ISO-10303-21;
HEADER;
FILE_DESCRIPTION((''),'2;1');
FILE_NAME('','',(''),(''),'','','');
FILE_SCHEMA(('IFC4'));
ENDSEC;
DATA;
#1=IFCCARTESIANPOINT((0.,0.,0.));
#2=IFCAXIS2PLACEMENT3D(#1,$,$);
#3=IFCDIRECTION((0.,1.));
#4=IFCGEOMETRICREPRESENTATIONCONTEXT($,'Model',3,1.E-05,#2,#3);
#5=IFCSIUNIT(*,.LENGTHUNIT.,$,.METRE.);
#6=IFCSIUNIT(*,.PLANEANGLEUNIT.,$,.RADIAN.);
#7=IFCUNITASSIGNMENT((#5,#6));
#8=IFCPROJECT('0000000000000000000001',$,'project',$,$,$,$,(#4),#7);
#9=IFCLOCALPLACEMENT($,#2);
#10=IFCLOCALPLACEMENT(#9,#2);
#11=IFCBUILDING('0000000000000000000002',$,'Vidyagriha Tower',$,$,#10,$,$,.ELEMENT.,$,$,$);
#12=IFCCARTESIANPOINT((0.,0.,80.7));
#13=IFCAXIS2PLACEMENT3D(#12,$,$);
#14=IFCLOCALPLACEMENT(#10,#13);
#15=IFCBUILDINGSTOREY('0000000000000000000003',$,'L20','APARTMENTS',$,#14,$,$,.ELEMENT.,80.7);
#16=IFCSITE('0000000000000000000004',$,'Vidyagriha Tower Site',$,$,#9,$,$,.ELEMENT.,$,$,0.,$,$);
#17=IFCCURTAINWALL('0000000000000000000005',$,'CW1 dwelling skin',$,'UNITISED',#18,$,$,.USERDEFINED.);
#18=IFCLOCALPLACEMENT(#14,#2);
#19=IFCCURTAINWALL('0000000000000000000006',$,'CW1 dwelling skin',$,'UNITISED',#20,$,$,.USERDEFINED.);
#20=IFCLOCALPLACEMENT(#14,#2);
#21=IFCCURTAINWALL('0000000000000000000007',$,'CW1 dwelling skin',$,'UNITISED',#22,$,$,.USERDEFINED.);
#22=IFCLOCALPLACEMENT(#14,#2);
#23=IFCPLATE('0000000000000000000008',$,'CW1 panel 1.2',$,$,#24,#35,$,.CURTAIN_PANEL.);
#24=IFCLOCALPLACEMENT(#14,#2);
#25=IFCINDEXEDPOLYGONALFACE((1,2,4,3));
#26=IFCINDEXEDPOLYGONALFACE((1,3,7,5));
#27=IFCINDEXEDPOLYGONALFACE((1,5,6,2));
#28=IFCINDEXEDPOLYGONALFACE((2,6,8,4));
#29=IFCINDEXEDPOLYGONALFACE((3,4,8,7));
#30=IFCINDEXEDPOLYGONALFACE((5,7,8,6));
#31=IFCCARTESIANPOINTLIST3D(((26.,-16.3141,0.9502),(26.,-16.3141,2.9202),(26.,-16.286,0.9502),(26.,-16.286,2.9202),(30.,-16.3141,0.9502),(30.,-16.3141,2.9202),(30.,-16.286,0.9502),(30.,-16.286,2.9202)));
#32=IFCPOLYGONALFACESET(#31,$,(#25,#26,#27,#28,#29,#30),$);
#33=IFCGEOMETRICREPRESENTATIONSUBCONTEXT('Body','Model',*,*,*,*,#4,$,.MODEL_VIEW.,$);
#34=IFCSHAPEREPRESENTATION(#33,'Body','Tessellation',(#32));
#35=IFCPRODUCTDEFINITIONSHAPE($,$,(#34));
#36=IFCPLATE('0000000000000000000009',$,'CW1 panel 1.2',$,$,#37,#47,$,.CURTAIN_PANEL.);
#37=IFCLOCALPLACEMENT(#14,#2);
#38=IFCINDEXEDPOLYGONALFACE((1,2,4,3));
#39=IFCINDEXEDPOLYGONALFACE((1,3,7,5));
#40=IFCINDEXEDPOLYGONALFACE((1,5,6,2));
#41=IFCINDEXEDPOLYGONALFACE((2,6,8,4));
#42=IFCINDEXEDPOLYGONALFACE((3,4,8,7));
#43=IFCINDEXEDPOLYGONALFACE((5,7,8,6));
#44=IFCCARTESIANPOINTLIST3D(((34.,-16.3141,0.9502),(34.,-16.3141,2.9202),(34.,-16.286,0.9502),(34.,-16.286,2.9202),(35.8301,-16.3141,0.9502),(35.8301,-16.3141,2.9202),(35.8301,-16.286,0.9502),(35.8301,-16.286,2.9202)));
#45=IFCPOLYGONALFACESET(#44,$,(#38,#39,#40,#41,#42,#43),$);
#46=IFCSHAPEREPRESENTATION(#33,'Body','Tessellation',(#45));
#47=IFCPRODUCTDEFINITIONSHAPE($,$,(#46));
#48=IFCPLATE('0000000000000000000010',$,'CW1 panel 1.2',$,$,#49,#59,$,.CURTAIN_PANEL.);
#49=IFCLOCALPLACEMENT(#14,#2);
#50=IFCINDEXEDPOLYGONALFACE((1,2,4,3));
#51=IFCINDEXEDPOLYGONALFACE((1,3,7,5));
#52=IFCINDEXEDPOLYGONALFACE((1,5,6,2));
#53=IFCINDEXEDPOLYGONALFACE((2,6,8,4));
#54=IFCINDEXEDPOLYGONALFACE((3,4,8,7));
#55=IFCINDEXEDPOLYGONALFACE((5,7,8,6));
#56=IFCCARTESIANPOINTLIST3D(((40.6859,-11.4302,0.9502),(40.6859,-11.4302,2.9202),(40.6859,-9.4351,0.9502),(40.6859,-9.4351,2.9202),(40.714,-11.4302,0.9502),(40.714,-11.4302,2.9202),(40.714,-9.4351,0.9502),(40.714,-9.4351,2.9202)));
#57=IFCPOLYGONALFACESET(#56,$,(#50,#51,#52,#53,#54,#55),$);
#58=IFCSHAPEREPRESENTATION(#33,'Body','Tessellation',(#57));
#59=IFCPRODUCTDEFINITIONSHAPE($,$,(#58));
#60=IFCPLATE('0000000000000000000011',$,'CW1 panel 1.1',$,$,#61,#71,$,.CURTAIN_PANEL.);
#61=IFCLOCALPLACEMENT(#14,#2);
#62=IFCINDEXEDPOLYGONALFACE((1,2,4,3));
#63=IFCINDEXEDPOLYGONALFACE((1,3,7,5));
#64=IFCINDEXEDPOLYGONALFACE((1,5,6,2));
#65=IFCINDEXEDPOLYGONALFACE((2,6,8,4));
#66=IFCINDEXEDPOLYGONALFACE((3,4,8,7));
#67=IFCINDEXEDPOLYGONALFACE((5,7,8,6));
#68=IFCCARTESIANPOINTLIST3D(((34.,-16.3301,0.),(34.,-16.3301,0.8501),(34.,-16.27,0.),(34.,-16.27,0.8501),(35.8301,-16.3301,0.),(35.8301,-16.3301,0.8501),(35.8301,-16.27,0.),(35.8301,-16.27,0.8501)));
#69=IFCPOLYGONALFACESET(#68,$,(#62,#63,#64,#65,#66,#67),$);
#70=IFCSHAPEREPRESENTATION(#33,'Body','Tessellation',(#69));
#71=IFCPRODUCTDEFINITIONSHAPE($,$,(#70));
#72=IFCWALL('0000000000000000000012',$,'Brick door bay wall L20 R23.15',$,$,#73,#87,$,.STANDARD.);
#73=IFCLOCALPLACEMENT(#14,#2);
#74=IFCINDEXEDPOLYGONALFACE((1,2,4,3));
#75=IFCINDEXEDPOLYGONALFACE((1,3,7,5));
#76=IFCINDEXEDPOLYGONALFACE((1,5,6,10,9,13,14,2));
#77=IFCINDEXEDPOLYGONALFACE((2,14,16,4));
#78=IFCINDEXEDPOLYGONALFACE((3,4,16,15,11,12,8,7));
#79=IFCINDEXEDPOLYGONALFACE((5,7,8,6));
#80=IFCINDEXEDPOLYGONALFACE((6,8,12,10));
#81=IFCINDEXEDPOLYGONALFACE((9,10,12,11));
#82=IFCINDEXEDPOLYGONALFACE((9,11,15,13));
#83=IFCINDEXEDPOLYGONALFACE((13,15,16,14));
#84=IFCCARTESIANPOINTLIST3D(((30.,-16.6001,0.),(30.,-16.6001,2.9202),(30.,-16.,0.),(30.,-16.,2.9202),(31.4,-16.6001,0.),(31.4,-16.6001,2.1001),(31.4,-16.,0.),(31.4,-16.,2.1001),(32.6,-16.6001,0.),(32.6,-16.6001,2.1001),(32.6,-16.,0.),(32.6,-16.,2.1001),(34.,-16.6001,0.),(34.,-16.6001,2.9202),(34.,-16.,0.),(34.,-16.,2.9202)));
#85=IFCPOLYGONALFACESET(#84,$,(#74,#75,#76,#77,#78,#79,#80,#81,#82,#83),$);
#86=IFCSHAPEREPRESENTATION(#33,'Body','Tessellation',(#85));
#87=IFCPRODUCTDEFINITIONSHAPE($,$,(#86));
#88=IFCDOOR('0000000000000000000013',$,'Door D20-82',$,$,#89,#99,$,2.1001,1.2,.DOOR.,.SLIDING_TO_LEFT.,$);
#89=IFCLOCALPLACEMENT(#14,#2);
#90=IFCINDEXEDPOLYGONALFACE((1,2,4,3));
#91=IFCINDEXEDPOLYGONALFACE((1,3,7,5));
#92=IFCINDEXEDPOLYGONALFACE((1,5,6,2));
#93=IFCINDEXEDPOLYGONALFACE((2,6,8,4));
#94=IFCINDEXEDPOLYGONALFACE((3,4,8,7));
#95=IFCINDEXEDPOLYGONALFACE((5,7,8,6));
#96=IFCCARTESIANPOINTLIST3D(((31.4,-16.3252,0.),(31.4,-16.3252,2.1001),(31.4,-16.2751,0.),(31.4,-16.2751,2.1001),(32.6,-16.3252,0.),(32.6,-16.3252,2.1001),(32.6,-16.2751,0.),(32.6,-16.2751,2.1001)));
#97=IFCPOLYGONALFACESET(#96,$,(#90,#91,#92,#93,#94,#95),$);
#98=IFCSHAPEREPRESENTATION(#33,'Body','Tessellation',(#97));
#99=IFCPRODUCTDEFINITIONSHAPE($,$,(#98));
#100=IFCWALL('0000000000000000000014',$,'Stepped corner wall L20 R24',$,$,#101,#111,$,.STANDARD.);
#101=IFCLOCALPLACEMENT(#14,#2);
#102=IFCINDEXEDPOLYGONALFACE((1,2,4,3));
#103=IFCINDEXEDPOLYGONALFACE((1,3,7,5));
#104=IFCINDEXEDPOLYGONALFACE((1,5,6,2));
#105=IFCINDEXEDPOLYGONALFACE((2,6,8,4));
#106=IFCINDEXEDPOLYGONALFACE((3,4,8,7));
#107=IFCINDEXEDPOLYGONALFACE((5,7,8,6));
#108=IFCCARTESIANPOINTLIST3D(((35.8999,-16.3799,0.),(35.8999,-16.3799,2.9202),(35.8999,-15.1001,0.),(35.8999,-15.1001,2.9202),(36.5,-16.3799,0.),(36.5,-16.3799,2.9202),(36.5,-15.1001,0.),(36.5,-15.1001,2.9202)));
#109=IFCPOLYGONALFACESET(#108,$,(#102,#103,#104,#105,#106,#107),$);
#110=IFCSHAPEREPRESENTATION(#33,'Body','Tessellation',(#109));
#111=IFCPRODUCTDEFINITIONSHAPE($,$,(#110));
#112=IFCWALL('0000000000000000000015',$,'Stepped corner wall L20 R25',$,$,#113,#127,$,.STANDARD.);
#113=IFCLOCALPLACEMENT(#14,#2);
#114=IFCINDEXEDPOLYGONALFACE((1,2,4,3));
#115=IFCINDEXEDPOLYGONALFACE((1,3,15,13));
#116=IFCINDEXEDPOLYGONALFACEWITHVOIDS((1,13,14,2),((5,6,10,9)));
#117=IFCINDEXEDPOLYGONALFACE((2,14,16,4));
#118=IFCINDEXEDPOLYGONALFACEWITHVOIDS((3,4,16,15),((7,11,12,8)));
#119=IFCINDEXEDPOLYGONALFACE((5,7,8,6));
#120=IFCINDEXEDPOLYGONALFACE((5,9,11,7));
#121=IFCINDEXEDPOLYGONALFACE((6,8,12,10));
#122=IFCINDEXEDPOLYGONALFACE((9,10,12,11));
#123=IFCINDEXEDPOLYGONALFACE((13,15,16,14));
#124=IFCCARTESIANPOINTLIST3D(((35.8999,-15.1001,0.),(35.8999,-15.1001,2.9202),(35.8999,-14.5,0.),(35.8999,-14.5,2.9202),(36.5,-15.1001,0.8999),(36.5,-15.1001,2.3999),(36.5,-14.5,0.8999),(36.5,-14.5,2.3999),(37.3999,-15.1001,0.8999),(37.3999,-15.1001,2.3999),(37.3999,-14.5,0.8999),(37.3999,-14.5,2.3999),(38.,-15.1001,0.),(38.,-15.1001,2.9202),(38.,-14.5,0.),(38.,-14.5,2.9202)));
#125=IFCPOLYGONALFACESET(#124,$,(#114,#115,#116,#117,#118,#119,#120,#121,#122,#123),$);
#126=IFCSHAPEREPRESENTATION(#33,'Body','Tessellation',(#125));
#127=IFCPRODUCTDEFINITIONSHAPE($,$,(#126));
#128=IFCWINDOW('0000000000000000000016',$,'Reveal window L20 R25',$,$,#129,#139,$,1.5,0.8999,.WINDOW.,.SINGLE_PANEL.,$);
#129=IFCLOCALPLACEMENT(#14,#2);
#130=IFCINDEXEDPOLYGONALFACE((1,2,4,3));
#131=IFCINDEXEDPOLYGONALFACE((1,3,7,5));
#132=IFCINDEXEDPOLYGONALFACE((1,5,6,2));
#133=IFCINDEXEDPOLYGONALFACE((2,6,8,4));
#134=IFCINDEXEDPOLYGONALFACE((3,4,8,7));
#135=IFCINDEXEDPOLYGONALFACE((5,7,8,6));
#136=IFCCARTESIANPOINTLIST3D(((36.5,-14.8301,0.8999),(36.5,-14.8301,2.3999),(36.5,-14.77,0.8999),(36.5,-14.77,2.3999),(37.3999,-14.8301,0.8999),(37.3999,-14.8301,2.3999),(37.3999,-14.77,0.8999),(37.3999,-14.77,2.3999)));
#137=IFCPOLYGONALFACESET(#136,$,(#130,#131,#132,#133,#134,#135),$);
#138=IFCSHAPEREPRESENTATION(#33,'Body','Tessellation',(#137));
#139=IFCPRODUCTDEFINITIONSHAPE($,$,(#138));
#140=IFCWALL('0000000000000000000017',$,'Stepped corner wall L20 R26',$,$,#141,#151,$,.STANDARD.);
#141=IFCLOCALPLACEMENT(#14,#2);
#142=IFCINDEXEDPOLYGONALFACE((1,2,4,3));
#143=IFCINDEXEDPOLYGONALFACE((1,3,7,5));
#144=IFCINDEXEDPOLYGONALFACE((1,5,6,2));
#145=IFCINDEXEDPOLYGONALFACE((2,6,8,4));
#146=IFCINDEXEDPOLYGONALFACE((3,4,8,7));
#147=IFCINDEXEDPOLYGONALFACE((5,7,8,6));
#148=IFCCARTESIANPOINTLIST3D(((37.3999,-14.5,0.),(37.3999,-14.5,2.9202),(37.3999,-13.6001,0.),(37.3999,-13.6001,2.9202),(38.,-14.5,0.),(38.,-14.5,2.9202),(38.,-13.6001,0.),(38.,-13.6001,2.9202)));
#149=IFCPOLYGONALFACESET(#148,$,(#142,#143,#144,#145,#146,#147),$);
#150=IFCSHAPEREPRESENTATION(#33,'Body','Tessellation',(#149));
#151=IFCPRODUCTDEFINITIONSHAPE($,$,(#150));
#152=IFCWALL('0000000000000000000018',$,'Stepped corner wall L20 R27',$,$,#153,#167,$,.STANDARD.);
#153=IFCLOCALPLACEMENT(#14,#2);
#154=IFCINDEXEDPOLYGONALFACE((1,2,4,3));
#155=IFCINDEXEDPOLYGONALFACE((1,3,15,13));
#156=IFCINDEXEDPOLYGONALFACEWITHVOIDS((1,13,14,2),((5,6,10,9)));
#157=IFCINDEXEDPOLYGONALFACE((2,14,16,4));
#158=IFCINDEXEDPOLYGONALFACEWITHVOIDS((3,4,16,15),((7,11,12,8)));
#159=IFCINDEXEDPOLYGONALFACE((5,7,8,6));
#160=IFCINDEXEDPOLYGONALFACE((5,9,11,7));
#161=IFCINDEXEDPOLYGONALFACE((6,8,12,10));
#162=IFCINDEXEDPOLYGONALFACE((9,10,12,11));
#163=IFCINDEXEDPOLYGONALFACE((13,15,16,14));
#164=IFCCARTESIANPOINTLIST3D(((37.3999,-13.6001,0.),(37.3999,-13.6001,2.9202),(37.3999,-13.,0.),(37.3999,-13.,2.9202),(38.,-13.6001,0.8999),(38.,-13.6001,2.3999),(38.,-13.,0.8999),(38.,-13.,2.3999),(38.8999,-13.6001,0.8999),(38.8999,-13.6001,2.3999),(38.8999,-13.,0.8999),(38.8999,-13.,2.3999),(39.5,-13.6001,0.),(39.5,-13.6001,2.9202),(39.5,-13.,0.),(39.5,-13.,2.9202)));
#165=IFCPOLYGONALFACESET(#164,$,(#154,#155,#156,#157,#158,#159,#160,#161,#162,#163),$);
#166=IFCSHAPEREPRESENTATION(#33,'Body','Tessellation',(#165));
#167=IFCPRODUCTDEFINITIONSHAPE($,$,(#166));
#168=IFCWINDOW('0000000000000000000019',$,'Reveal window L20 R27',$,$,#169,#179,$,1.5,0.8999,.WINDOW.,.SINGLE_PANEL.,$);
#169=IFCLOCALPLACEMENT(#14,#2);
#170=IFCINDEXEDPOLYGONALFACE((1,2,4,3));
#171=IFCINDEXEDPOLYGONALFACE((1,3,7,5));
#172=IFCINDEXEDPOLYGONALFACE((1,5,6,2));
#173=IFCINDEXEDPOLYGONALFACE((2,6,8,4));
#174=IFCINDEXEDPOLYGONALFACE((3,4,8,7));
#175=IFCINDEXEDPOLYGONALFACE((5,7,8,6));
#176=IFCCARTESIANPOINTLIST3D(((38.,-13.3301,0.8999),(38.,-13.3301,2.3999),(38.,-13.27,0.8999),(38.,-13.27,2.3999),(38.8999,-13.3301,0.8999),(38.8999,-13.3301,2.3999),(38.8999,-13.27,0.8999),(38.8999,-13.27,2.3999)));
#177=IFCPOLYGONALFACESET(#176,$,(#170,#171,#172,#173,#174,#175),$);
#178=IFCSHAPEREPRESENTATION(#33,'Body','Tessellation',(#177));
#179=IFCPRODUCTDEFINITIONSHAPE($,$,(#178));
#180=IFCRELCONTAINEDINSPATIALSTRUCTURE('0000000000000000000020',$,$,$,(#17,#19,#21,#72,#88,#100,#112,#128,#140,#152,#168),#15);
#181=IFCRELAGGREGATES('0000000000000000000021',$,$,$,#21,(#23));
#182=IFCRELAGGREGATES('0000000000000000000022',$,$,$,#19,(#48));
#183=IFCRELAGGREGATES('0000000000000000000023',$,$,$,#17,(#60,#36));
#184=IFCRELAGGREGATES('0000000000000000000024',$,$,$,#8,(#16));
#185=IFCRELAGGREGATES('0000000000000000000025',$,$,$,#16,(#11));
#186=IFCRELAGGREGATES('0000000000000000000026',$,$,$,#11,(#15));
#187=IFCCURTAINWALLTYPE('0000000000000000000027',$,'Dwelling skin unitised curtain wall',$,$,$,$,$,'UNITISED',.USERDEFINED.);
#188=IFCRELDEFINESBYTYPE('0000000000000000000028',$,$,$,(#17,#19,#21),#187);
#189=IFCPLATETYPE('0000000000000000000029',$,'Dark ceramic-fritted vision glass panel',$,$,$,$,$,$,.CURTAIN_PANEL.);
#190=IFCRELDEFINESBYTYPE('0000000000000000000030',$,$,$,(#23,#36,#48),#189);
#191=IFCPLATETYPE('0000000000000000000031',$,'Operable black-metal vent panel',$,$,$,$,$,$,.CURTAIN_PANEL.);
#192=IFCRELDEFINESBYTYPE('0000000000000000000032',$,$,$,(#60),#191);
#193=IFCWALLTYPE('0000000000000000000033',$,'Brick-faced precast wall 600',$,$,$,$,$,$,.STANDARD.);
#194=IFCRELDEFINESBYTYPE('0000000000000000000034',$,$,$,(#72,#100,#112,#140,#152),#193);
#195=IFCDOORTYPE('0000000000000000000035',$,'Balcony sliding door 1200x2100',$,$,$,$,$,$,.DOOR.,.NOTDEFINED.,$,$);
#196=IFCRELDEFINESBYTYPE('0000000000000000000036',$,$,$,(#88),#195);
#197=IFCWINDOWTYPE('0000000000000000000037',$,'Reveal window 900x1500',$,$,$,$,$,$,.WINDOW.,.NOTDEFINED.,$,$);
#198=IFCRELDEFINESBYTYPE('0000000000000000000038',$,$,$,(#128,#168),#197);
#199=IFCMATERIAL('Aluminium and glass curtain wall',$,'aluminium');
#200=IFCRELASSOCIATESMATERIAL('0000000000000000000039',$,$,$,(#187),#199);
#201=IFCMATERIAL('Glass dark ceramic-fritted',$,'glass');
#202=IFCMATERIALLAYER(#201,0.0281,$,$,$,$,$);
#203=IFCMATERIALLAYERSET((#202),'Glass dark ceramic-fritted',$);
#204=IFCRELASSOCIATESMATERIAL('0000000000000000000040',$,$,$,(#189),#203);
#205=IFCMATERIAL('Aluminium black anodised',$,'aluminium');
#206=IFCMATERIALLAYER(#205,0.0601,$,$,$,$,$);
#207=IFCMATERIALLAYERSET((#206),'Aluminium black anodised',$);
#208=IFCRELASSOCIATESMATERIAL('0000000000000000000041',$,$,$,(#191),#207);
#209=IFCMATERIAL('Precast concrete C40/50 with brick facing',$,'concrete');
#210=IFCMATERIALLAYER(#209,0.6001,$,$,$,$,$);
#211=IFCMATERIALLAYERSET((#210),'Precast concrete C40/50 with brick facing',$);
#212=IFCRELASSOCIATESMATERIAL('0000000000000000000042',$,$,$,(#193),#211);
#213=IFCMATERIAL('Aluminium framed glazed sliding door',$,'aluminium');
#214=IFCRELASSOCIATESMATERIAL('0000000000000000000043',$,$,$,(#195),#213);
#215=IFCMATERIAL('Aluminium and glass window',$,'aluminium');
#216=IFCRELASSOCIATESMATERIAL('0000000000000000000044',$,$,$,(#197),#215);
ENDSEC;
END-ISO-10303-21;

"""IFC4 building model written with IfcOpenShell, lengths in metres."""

from ifc_helpers import new_model, si_unit, direction, frame, frame_2d, origin, origin_2d, place, context, subcontext, project, spatial, rectangle, extrude, material, layer, layer_set, type_object, element, fill, aggregate, save


model = new_model("IFC4")

# Units and contexts
model_context = context("Model", 3, precision=1e-05, world=origin(), true_north=direction((0.0, 1.0)))
body_context = subcontext(model_context, "Body", "Model", "MODEL_VIEW")
ifc_project = project(units=[si_unit("LENGTHUNIT", "METRE"), si_unit("PLANEANGLEUNIT", "RADIAN")], contexts=[model_context])

# Site, building, storey
site_placement = place(None, origin())
site = spatial("IfcSite", under=ifc_project, at=site_placement, Name="Vidyagriha Tower Site", CompositionType="ELEMENT", RefElevation=0.0)
building_placement = place(site_placement, origin())
building = spatial("IfcBuilding", under=site, at=building_placement, Name="Vidyagriha Tower", CompositionType="ELEMENT")
storey_placement = place(building_placement, frame((0.0, 0.0, 80.7)))
storey = spatial("IfcBuildingStorey", under=building, at=storey_placement, Name="L20", Description="APARTMENTS", CompositionType="ELEMENT", Elevation=80.7)

# Curtain walls
ifc_material_1 = material(Name="Aluminium and glass curtain wall", Category="aluminium")
curtain_wall_type = type_object("IfcCurtainWallType", Name="Dwelling skin unitised curtain wall", ElementType="UNITISED", PredefinedType="USERDEFINED", material=ifc_material_1)
curtain_wall_1_placement = place(storey_placement, origin())
curtain_wall_1 = element("IfcCurtainWall", 1, at=curtain_wall_1_placement, inside=storey, type_object=curtain_wall_type, Name="CW1 dwelling skin", ObjectType="UNITISED", PredefinedType="USERDEFINED")
curtain_wall_2_placement = place(storey_placement, origin())
curtain_wall_2 = element("IfcCurtainWall", 2, at=curtain_wall_2_placement, inside=storey, type_object=curtain_wall_type, Name="CW1 dwelling skin", ObjectType="UNITISED", PredefinedType="USERDEFINED")

# Curtain wall
curtain_wall_3_placement = place(storey_placement, origin())
curtain_wall_3 = element("IfcCurtainWall", 3, at=curtain_wall_3_placement, inside=storey, type_object=curtain_wall_type, Name="CW1 dwelling skin", ObjectType="UNITISED", PredefinedType="USERDEFINED")

# Plates
ifc_material_2 = material(Name="Glass dark ceramic-fritted", Category="glass")
ifc_layer_1 = layer(ifc_material_2, 0.0281)
ifc_layer_set_1 = layer_set([ifc_layer_1], Name="Glass dark ceramic-fritted")
plate_type_1 = type_object("IfcPlateType", Name="Dark ceramic-fritted vision glass panel", PredefinedType="CURTAIN_PANEL", material=ifc_layer_set_1)
plate_1_placement = place(storey_placement, frame((28.0, -16.3, 0.9502)))
plate_1 = element("IfcPlate", 4, at=plate_1_placement, type_object=plate_type_1, Name="CW1 panel 1.2", PredefinedType="CURTAIN_PANEL", context=body_context, shape_type="SweptSolid", body=[
    extrude(rectangle(XDim=4.0, YDim=0.0281, at=origin_2d()), origin(), (0.0, 0.0, 1.0), 1.97),
])
aggregate(curtain_wall_3, [plate_1])
plate_2_placement = place(storey_placement, frame((34.915, -16.3, 0.9502)))
plate_2 = element("IfcPlate", 5, at=plate_2_placement, type_object=plate_type_1, Name="CW1 panel 1.2", PredefinedType="CURTAIN_PANEL", context=body_context, shape_type="SweptSolid", body=[
    extrude(rectangle(XDim=1.8301, YDim=0.0281, at=origin_2d()), origin(), (0.0, 0.0, 1.0), 1.97),
])
plate_3_placement = place(storey_placement, frame((40.7, -10.4326, 0.9502), z_axis=(0.0, 0.0, 1.0), x_axis=(0.0, 1.0, 0.0)))
plate_3 = element("IfcPlate", 6, at=plate_3_placement, type_object=plate_type_1, Name="CW1 panel 1.2", PredefinedType="CURTAIN_PANEL", context=body_context, shape_type="SweptSolid", body=[
    extrude(rectangle(XDim=1.9951, YDim=0.0281, at=origin_2d()), origin(), (0.0, 0.0, 1.0), 1.97),
])
aggregate(curtain_wall_2, [plate_3])
ifc_material_3 = material(Name="Aluminium black anodised", Category="aluminium")
ifc_layer_2 = layer(ifc_material_3, 0.0601)
ifc_layer_set_2 = layer_set([ifc_layer_2], Name="Aluminium black anodised")
plate_type_2 = type_object("IfcPlateType", Name="Operable black-metal vent panel", PredefinedType="CURTAIN_PANEL", material=ifc_layer_set_2)
plate_4_placement = place(storey_placement, frame((34.915, -16.3, 0.0)))
plate_4 = element("IfcPlate", 7, at=plate_4_placement, type_object=plate_type_2, Name="CW1 panel 1.1", PredefinedType="CURTAIN_PANEL", context=body_context, shape_type="SweptSolid", body=[
    extrude(rectangle(XDim=1.8301, YDim=0.0601, at=origin_2d()), origin(), (0.0, 0.0, 1.0), 0.8501),
])
aggregate(curtain_wall_1, [plate_4, plate_2])

# Wall, opening, door
ifc_material_4 = material(Name="Precast concrete C40/50 with brick facing", Category="concrete")
ifc_layer_3 = layer(ifc_material_4, 0.6001)
ifc_layer_set_3 = layer_set([ifc_layer_3], Name="Precast concrete C40/50 with brick facing")
wall_type = type_object("IfcWallType", Name="Brick-faced precast wall 600", PredefinedType="STANDARD", material=ifc_layer_set_3)
wall_1_placement = place(storey_placement, frame((30.0, -16.3, 0.0)))
wall_1 = element("IfcWall", 8, at=wall_1_placement, inside=storey, type_object=wall_type, Name="Brick door bay wall L20 R23.15", PredefinedType="STANDARD", context=body_context, shape_type="SweptSolid", body=[
    extrude(rectangle(XDim=4.0, YDim=0.6001, at=frame_2d((2.0, 0.0))), origin(), (0.0, 0.0, 1.0), 2.9202),
])
opening_1_placement = place(wall_1_placement, frame((1.3999, 0.0, 0.0)))
opening_1 = element("IfcOpeningElement", 9, at=opening_1_placement, cuts=wall_1, PredefinedType="OPENING", context=body_context, shape_type="SweptSolid", body=[
    extrude(rectangle(XDim=1.2, YDim=2.1001, at=frame_2d((0.6001, 1.05))), frame((0.0, 0.3101, 0.0), z_axis=(0.0, -1.0, 0.0), x_axis=(1.0, 0.0, 0.0)), (0.0, 0.0, 1.0), 0.6201),
])
ifc_material_5 = material(Name="Aluminium framed glazed sliding door", Category="aluminium")
door_type = type_object("IfcDoorType", Name="Balcony sliding door 1200x2100", OperationType="NOTDEFINED", PredefinedType="DOOR", material=ifc_material_5)
door_placement = place(opening_1_placement, origin())
door = element("IfcDoor", 10, at=door_placement, inside=storey, type_object=door_type, Name="Door D20-82", OperationType="SLIDING_TO_LEFT", OverallHeight=2.1001, OverallWidth=1.2, PredefinedType="DOOR", context=body_context, shape_type="SweptSolid", body=[
    extrude(rectangle(XDim=1.2, YDim=2.1001, at=frame_2d((0.6001, 1.05))), frame((0.0, 0.0249, 0.0), z_axis=(0.0, -1.0, 0.0), x_axis=(1.0, 0.0, 0.0)), (0.0, 0.0, 1.0), 0.05),
])
fill(opening_1, door)

# Wall
wall_2_placement = place(storey_placement, frame((36.2, -16.3799, 0.0), z_axis=(0.0, 0.0, 1.0), x_axis=(0.0, 1.0, 0.0)))
element("IfcWall", 11, at=wall_2_placement, inside=storey, type_object=wall_type, Name="Stepped corner wall L20 R24", PredefinedType="STANDARD", context=body_context, shape_type="SweptSolid", body=[
    extrude(rectangle(XDim=1.2798, YDim=0.6001, at=frame_2d((0.6399, 0.0))), origin(), (0.0, 0.0, 1.0), 2.9202),
])

# Wall, opening, window
wall_3_placement = place(storey_placement, frame((35.8999, -14.8, 0.0)))
wall_3 = element("IfcWall", 12, at=wall_3_placement, inside=storey, type_object=wall_type, Name="Stepped corner wall L20 R25", PredefinedType="STANDARD", context=body_context, shape_type="SweptSolid", body=[
    extrude(rectangle(XDim=2.1001, YDim=0.6001, at=frame_2d((1.05, 0.0))), origin(), (0.0, 0.0, 1.0), 2.9202),
])
opening_2_placement = place(wall_3_placement, frame((0.6001, 0.0, 0.8999)))
opening_2 = element("IfcOpeningElement", 13, at=opening_2_placement, cuts=wall_3, PredefinedType="OPENING", context=body_context, shape_type="SweptSolid", body=[
    extrude(rectangle(XDim=0.8999, YDim=1.5, at=frame_2d((0.45, 0.75))), frame((0.0, 0.3101, 0.0), z_axis=(0.0, -1.0, 0.0), x_axis=(1.0, 0.0, 0.0)), (0.0, 0.0, 1.0), 0.6201),
])
ifc_material_6 = material(Name="Aluminium and glass window", Category="aluminium")
window_type = type_object("IfcWindowType", Name="Reveal window 900x1500", PartitioningType="NOTDEFINED", PredefinedType="WINDOW", material=ifc_material_6)
window_1_placement = place(opening_2_placement, origin())
window_1 = element("IfcWindow", 14, at=window_1_placement, inside=storey, type_object=window_type, Name="Reveal window L20 R25", OverallHeight=1.5, OverallWidth=0.8999, PartitioningType="SINGLE_PANEL", PredefinedType="WINDOW", context=body_context, shape_type="SweptSolid", body=[
    extrude(rectangle(XDim=0.8999, YDim=1.5, at=frame_2d((0.45, 0.75))), frame((0.0, 0.03, 0.0), z_axis=(0.0, -1.0, 0.0), x_axis=(1.0, 0.0, 0.0)), (0.0, 0.0, 1.0), 0.0601),
])
fill(opening_2, window_1)

# Wall
wall_4_placement = place(storey_placement, frame((37.7, -14.5, 0.0), z_axis=(0.0, 0.0, 1.0), x_axis=(0.0, 1.0, 0.0)))
element("IfcWall", 15, at=wall_4_placement, inside=storey, type_object=wall_type, Name="Stepped corner wall L20 R26", PredefinedType="STANDARD", context=body_context, shape_type="SweptSolid", body=[
    extrude(rectangle(XDim=0.8999, YDim=0.6001, at=frame_2d((0.45, 0.0))), origin(), (0.0, 0.0, 1.0), 2.9202),
])

# Wall, opening, window
wall_5_placement = place(storey_placement, frame((37.3999, -13.3, 0.0)))
wall_5 = element("IfcWall", 16, at=wall_5_placement, inside=storey, type_object=wall_type, Name="Stepped corner wall L20 R27", PredefinedType="STANDARD", context=body_context, shape_type="SweptSolid", body=[
    extrude(rectangle(XDim=2.1001, YDim=0.6001, at=frame_2d((1.05, 0.0))), origin(), (0.0, 0.0, 1.0), 2.9202),
])
opening_3_placement = place(wall_5_placement, frame((0.6001, 0.0, 0.8999)))
opening_3 = element("IfcOpeningElement", 17, at=opening_3_placement, cuts=wall_5, PredefinedType="OPENING", context=body_context, shape_type="SweptSolid", body=[
    extrude(rectangle(XDim=0.8999, YDim=1.5, at=frame_2d((0.45, 0.75))), frame((0.0, 0.3101, 0.0), z_axis=(0.0, -1.0, 0.0), x_axis=(1.0, 0.0, 0.0)), (0.0, 0.0, 1.0), 0.6201),
])
window_2_placement = place(opening_3_placement, origin())
window_2 = element("IfcWindow", 18, at=window_2_placement, inside=storey, type_object=window_type, Name="Reveal window L20 R27", OverallHeight=1.5, OverallWidth=0.8999, PartitioningType="SINGLE_PANEL", PredefinedType="WINDOW", context=body_context, shape_type="SweptSolid", body=[
    extrude(rectangle(XDim=0.8999, YDim=1.5, at=frame_2d((0.45, 0.75))), frame((0.0, 0.03, 0.0), z_axis=(0.0, -1.0, 0.0), x_axis=(1.0, 0.0, 0.0)), (0.0, 0.0, 1.0), 0.0601),
])
fill(opening_3, window_2)

save(model, "model.ifc")
